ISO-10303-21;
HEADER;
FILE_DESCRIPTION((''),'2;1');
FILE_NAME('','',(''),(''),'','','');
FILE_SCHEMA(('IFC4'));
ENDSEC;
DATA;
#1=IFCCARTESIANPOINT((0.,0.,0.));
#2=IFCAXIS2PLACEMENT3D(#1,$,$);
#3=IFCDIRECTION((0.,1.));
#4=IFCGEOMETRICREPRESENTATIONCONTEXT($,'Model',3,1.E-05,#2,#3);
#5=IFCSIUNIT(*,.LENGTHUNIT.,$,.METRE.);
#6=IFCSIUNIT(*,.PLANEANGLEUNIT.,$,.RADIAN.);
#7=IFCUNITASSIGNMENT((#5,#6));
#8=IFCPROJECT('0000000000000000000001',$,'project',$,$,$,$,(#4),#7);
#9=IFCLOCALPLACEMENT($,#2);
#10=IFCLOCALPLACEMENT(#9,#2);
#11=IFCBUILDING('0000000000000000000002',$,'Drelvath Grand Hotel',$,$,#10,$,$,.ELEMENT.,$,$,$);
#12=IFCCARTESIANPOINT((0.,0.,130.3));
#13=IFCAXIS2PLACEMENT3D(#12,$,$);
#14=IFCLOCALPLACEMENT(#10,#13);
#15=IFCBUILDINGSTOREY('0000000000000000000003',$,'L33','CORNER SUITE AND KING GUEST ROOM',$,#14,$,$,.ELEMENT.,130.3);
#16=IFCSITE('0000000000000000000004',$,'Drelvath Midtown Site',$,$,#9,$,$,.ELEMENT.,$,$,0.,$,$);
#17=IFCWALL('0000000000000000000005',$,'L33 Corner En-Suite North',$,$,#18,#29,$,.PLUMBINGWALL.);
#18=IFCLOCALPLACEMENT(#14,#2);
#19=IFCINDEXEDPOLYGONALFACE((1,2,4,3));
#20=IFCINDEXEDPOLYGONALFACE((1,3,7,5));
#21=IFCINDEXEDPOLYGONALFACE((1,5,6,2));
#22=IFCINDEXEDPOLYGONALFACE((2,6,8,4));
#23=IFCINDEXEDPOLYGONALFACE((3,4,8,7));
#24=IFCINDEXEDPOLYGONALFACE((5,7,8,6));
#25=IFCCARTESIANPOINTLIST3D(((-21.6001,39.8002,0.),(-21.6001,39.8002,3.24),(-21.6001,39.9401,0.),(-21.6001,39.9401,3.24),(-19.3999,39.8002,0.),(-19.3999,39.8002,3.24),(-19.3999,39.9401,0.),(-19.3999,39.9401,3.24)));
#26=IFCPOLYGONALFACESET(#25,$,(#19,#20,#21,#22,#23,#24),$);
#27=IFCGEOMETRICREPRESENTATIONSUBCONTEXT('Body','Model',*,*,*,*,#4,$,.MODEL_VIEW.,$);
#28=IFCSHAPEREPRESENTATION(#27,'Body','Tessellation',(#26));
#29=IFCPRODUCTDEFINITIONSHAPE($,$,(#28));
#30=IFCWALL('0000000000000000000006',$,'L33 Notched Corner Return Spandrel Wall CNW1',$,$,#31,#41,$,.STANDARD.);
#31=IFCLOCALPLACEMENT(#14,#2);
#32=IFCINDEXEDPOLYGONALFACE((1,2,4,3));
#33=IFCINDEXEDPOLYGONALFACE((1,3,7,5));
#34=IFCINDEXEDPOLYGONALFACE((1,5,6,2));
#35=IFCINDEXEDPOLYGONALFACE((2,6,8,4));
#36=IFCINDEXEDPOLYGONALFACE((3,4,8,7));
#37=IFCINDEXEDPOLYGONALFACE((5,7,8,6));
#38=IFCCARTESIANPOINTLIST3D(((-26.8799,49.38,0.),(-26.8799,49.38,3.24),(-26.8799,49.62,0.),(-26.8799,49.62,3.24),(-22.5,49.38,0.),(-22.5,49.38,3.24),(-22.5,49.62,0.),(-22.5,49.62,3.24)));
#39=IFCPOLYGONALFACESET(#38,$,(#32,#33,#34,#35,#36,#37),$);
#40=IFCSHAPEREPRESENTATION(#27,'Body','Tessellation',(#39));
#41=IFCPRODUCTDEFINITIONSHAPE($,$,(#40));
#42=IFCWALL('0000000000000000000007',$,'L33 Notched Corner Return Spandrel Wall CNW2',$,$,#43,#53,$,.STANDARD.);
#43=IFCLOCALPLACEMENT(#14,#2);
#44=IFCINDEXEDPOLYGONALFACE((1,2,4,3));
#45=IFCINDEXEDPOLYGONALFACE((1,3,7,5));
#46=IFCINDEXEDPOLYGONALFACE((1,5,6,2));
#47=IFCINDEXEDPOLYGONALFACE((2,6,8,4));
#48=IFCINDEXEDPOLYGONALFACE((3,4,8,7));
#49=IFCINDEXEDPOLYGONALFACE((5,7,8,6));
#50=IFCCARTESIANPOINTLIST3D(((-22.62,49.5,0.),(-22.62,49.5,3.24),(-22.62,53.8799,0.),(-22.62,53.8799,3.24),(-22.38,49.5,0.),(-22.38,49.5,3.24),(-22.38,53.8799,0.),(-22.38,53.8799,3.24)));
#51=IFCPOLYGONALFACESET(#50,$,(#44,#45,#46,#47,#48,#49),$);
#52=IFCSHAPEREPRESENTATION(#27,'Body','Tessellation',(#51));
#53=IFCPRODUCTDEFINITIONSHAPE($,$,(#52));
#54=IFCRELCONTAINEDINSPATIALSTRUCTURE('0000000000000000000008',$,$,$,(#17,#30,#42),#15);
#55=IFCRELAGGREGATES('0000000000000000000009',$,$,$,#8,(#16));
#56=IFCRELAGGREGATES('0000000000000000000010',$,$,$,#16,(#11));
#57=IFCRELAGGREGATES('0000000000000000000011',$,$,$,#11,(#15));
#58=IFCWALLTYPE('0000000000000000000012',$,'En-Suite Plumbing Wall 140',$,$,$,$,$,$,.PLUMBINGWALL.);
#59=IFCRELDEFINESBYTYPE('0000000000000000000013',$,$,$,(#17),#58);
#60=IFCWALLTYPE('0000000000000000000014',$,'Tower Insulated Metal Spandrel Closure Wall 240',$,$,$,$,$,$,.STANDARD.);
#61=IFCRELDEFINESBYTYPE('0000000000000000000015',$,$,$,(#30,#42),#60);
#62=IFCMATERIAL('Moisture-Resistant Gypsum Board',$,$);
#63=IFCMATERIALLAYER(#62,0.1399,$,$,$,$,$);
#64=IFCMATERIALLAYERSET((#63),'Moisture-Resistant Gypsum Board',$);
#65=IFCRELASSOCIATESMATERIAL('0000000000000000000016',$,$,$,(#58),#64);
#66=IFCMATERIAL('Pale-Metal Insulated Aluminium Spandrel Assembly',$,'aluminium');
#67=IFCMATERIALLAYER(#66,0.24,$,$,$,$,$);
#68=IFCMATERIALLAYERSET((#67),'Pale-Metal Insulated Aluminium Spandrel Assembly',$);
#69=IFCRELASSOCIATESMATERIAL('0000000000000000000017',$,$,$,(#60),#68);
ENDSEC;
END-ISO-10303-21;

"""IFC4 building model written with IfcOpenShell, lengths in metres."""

from ifc_helpers import new_model, si_unit, direction, frame, frame_2d, origin, place, context, subcontext, project, spatial, rectangle, extrude, material, layer, layer_set, type_object, element, save


model = new_model("IFC4")

# Units and contexts
model_context = context("Model", 3, precision=1e-05, world=origin(), true_north=direction((0.0, 1.0)))
body_context = subcontext(model_context, "Body", "Model", "MODEL_VIEW")
ifc_project = project(units=[si_unit("LENGTHUNIT", "METRE"), si_unit("PLANEANGLEUNIT", "RADIAN")], contexts=[model_context])

# Site, building, storey
site_placement = place(None, origin())
site = spatial("IfcSite", under=ifc_project, at=site_placement, Name="Drelvath Midtown Site", CompositionType="ELEMENT", RefElevation=0.0)
building_placement = place(site_placement, origin())
building = spatial("IfcBuilding", under=site, at=building_placement, Name="Drelvath Grand Hotel", CompositionType="ELEMENT")
storey_placement = place(building_placement, frame((0.0, 0.0, 130.3)))
storey = spatial("IfcBuildingStorey", under=building, at=storey_placement, Name="L33", Description="CORNER SUITE AND KING GUEST ROOM", CompositionType="ELEMENT", Elevation=130.3)

# Walls
ifc_material_1 = material(Name="Moisture-Resistant Gypsum Board")
ifc_layer_1 = layer(ifc_material_1, 0.1399)
ifc_layer_set_1 = layer_set([ifc_layer_1], Name="Moisture-Resistant Gypsum Board")
wall_type_1 = type_object("IfcWallType", Name="En-Suite Plumbing Wall 140", PredefinedType="PLUMBINGWALL", material=ifc_layer_set_1)
wall_placement = place(storey_placement, frame((-21.6001, 39.8701, 0.0), z_axis=(0.0, 0.0, 1.0), x_axis=(1.0, 0.0, 0.0)))
element("IfcWall", 1, at=wall_placement, inside=storey, type_object=wall_type_1, Name="L33 Corner En-Suite North", PredefinedType="PLUMBINGWALL", context=body_context, shape_type="SweptSolid", body=[
    extrude(rectangle(XDim=2.2002, YDim=0.1399, at=frame_2d((1.1001, 0.0))), origin(), (0.0, 0.0, 1.0), 3.24),
])
ifc_material_2 = material(Name="Pale-Metal Insulated Aluminium Spandrel Assembly", Category="aluminium")
ifc_layer_2 = layer(ifc_material_2, 0.24)
ifc_layer_set_2 = layer_set([ifc_layer_2], Name="Pale-Metal Insulated Aluminium Spandrel Assembly")
wall_type_2 = type_object("IfcWallType", Name="Tower Insulated Metal Spandrel Closure Wall 240", PredefinedType="STANDARD", material=ifc_layer_set_2)
for number, where, z_axis, x_axis, name in (
    (2, (-26.8799, 49.5, 0.0), (0.0, 0.0, 1.0), (1.0, 0.0, 0.0), "L33 Notched Corner Return Spandrel Wall CNW1"),
    (3, (-22.5, 49.5, 0.0), (0.0, 0.0, 1.0), (0.0, 1.0, 0.0), "L33 Notched Corner Return Spandrel Wall CNW2"),
):
    element("IfcWall", number, at=place(storey_placement, frame(where, z_axis=z_axis, x_axis=x_axis)), inside=storey, type_object=wall_type_2, Name=name, PredefinedType="STANDARD", context=body_context, shape_type="SweptSolid", body=[
        extrude(rectangle(XDim=4.3799, YDim=0.24, at=frame_2d((2.1899, 0.0))), origin(), (0.0, 0.0, 1.0), 3.24),
    ])

save(model, "model.ifc")
